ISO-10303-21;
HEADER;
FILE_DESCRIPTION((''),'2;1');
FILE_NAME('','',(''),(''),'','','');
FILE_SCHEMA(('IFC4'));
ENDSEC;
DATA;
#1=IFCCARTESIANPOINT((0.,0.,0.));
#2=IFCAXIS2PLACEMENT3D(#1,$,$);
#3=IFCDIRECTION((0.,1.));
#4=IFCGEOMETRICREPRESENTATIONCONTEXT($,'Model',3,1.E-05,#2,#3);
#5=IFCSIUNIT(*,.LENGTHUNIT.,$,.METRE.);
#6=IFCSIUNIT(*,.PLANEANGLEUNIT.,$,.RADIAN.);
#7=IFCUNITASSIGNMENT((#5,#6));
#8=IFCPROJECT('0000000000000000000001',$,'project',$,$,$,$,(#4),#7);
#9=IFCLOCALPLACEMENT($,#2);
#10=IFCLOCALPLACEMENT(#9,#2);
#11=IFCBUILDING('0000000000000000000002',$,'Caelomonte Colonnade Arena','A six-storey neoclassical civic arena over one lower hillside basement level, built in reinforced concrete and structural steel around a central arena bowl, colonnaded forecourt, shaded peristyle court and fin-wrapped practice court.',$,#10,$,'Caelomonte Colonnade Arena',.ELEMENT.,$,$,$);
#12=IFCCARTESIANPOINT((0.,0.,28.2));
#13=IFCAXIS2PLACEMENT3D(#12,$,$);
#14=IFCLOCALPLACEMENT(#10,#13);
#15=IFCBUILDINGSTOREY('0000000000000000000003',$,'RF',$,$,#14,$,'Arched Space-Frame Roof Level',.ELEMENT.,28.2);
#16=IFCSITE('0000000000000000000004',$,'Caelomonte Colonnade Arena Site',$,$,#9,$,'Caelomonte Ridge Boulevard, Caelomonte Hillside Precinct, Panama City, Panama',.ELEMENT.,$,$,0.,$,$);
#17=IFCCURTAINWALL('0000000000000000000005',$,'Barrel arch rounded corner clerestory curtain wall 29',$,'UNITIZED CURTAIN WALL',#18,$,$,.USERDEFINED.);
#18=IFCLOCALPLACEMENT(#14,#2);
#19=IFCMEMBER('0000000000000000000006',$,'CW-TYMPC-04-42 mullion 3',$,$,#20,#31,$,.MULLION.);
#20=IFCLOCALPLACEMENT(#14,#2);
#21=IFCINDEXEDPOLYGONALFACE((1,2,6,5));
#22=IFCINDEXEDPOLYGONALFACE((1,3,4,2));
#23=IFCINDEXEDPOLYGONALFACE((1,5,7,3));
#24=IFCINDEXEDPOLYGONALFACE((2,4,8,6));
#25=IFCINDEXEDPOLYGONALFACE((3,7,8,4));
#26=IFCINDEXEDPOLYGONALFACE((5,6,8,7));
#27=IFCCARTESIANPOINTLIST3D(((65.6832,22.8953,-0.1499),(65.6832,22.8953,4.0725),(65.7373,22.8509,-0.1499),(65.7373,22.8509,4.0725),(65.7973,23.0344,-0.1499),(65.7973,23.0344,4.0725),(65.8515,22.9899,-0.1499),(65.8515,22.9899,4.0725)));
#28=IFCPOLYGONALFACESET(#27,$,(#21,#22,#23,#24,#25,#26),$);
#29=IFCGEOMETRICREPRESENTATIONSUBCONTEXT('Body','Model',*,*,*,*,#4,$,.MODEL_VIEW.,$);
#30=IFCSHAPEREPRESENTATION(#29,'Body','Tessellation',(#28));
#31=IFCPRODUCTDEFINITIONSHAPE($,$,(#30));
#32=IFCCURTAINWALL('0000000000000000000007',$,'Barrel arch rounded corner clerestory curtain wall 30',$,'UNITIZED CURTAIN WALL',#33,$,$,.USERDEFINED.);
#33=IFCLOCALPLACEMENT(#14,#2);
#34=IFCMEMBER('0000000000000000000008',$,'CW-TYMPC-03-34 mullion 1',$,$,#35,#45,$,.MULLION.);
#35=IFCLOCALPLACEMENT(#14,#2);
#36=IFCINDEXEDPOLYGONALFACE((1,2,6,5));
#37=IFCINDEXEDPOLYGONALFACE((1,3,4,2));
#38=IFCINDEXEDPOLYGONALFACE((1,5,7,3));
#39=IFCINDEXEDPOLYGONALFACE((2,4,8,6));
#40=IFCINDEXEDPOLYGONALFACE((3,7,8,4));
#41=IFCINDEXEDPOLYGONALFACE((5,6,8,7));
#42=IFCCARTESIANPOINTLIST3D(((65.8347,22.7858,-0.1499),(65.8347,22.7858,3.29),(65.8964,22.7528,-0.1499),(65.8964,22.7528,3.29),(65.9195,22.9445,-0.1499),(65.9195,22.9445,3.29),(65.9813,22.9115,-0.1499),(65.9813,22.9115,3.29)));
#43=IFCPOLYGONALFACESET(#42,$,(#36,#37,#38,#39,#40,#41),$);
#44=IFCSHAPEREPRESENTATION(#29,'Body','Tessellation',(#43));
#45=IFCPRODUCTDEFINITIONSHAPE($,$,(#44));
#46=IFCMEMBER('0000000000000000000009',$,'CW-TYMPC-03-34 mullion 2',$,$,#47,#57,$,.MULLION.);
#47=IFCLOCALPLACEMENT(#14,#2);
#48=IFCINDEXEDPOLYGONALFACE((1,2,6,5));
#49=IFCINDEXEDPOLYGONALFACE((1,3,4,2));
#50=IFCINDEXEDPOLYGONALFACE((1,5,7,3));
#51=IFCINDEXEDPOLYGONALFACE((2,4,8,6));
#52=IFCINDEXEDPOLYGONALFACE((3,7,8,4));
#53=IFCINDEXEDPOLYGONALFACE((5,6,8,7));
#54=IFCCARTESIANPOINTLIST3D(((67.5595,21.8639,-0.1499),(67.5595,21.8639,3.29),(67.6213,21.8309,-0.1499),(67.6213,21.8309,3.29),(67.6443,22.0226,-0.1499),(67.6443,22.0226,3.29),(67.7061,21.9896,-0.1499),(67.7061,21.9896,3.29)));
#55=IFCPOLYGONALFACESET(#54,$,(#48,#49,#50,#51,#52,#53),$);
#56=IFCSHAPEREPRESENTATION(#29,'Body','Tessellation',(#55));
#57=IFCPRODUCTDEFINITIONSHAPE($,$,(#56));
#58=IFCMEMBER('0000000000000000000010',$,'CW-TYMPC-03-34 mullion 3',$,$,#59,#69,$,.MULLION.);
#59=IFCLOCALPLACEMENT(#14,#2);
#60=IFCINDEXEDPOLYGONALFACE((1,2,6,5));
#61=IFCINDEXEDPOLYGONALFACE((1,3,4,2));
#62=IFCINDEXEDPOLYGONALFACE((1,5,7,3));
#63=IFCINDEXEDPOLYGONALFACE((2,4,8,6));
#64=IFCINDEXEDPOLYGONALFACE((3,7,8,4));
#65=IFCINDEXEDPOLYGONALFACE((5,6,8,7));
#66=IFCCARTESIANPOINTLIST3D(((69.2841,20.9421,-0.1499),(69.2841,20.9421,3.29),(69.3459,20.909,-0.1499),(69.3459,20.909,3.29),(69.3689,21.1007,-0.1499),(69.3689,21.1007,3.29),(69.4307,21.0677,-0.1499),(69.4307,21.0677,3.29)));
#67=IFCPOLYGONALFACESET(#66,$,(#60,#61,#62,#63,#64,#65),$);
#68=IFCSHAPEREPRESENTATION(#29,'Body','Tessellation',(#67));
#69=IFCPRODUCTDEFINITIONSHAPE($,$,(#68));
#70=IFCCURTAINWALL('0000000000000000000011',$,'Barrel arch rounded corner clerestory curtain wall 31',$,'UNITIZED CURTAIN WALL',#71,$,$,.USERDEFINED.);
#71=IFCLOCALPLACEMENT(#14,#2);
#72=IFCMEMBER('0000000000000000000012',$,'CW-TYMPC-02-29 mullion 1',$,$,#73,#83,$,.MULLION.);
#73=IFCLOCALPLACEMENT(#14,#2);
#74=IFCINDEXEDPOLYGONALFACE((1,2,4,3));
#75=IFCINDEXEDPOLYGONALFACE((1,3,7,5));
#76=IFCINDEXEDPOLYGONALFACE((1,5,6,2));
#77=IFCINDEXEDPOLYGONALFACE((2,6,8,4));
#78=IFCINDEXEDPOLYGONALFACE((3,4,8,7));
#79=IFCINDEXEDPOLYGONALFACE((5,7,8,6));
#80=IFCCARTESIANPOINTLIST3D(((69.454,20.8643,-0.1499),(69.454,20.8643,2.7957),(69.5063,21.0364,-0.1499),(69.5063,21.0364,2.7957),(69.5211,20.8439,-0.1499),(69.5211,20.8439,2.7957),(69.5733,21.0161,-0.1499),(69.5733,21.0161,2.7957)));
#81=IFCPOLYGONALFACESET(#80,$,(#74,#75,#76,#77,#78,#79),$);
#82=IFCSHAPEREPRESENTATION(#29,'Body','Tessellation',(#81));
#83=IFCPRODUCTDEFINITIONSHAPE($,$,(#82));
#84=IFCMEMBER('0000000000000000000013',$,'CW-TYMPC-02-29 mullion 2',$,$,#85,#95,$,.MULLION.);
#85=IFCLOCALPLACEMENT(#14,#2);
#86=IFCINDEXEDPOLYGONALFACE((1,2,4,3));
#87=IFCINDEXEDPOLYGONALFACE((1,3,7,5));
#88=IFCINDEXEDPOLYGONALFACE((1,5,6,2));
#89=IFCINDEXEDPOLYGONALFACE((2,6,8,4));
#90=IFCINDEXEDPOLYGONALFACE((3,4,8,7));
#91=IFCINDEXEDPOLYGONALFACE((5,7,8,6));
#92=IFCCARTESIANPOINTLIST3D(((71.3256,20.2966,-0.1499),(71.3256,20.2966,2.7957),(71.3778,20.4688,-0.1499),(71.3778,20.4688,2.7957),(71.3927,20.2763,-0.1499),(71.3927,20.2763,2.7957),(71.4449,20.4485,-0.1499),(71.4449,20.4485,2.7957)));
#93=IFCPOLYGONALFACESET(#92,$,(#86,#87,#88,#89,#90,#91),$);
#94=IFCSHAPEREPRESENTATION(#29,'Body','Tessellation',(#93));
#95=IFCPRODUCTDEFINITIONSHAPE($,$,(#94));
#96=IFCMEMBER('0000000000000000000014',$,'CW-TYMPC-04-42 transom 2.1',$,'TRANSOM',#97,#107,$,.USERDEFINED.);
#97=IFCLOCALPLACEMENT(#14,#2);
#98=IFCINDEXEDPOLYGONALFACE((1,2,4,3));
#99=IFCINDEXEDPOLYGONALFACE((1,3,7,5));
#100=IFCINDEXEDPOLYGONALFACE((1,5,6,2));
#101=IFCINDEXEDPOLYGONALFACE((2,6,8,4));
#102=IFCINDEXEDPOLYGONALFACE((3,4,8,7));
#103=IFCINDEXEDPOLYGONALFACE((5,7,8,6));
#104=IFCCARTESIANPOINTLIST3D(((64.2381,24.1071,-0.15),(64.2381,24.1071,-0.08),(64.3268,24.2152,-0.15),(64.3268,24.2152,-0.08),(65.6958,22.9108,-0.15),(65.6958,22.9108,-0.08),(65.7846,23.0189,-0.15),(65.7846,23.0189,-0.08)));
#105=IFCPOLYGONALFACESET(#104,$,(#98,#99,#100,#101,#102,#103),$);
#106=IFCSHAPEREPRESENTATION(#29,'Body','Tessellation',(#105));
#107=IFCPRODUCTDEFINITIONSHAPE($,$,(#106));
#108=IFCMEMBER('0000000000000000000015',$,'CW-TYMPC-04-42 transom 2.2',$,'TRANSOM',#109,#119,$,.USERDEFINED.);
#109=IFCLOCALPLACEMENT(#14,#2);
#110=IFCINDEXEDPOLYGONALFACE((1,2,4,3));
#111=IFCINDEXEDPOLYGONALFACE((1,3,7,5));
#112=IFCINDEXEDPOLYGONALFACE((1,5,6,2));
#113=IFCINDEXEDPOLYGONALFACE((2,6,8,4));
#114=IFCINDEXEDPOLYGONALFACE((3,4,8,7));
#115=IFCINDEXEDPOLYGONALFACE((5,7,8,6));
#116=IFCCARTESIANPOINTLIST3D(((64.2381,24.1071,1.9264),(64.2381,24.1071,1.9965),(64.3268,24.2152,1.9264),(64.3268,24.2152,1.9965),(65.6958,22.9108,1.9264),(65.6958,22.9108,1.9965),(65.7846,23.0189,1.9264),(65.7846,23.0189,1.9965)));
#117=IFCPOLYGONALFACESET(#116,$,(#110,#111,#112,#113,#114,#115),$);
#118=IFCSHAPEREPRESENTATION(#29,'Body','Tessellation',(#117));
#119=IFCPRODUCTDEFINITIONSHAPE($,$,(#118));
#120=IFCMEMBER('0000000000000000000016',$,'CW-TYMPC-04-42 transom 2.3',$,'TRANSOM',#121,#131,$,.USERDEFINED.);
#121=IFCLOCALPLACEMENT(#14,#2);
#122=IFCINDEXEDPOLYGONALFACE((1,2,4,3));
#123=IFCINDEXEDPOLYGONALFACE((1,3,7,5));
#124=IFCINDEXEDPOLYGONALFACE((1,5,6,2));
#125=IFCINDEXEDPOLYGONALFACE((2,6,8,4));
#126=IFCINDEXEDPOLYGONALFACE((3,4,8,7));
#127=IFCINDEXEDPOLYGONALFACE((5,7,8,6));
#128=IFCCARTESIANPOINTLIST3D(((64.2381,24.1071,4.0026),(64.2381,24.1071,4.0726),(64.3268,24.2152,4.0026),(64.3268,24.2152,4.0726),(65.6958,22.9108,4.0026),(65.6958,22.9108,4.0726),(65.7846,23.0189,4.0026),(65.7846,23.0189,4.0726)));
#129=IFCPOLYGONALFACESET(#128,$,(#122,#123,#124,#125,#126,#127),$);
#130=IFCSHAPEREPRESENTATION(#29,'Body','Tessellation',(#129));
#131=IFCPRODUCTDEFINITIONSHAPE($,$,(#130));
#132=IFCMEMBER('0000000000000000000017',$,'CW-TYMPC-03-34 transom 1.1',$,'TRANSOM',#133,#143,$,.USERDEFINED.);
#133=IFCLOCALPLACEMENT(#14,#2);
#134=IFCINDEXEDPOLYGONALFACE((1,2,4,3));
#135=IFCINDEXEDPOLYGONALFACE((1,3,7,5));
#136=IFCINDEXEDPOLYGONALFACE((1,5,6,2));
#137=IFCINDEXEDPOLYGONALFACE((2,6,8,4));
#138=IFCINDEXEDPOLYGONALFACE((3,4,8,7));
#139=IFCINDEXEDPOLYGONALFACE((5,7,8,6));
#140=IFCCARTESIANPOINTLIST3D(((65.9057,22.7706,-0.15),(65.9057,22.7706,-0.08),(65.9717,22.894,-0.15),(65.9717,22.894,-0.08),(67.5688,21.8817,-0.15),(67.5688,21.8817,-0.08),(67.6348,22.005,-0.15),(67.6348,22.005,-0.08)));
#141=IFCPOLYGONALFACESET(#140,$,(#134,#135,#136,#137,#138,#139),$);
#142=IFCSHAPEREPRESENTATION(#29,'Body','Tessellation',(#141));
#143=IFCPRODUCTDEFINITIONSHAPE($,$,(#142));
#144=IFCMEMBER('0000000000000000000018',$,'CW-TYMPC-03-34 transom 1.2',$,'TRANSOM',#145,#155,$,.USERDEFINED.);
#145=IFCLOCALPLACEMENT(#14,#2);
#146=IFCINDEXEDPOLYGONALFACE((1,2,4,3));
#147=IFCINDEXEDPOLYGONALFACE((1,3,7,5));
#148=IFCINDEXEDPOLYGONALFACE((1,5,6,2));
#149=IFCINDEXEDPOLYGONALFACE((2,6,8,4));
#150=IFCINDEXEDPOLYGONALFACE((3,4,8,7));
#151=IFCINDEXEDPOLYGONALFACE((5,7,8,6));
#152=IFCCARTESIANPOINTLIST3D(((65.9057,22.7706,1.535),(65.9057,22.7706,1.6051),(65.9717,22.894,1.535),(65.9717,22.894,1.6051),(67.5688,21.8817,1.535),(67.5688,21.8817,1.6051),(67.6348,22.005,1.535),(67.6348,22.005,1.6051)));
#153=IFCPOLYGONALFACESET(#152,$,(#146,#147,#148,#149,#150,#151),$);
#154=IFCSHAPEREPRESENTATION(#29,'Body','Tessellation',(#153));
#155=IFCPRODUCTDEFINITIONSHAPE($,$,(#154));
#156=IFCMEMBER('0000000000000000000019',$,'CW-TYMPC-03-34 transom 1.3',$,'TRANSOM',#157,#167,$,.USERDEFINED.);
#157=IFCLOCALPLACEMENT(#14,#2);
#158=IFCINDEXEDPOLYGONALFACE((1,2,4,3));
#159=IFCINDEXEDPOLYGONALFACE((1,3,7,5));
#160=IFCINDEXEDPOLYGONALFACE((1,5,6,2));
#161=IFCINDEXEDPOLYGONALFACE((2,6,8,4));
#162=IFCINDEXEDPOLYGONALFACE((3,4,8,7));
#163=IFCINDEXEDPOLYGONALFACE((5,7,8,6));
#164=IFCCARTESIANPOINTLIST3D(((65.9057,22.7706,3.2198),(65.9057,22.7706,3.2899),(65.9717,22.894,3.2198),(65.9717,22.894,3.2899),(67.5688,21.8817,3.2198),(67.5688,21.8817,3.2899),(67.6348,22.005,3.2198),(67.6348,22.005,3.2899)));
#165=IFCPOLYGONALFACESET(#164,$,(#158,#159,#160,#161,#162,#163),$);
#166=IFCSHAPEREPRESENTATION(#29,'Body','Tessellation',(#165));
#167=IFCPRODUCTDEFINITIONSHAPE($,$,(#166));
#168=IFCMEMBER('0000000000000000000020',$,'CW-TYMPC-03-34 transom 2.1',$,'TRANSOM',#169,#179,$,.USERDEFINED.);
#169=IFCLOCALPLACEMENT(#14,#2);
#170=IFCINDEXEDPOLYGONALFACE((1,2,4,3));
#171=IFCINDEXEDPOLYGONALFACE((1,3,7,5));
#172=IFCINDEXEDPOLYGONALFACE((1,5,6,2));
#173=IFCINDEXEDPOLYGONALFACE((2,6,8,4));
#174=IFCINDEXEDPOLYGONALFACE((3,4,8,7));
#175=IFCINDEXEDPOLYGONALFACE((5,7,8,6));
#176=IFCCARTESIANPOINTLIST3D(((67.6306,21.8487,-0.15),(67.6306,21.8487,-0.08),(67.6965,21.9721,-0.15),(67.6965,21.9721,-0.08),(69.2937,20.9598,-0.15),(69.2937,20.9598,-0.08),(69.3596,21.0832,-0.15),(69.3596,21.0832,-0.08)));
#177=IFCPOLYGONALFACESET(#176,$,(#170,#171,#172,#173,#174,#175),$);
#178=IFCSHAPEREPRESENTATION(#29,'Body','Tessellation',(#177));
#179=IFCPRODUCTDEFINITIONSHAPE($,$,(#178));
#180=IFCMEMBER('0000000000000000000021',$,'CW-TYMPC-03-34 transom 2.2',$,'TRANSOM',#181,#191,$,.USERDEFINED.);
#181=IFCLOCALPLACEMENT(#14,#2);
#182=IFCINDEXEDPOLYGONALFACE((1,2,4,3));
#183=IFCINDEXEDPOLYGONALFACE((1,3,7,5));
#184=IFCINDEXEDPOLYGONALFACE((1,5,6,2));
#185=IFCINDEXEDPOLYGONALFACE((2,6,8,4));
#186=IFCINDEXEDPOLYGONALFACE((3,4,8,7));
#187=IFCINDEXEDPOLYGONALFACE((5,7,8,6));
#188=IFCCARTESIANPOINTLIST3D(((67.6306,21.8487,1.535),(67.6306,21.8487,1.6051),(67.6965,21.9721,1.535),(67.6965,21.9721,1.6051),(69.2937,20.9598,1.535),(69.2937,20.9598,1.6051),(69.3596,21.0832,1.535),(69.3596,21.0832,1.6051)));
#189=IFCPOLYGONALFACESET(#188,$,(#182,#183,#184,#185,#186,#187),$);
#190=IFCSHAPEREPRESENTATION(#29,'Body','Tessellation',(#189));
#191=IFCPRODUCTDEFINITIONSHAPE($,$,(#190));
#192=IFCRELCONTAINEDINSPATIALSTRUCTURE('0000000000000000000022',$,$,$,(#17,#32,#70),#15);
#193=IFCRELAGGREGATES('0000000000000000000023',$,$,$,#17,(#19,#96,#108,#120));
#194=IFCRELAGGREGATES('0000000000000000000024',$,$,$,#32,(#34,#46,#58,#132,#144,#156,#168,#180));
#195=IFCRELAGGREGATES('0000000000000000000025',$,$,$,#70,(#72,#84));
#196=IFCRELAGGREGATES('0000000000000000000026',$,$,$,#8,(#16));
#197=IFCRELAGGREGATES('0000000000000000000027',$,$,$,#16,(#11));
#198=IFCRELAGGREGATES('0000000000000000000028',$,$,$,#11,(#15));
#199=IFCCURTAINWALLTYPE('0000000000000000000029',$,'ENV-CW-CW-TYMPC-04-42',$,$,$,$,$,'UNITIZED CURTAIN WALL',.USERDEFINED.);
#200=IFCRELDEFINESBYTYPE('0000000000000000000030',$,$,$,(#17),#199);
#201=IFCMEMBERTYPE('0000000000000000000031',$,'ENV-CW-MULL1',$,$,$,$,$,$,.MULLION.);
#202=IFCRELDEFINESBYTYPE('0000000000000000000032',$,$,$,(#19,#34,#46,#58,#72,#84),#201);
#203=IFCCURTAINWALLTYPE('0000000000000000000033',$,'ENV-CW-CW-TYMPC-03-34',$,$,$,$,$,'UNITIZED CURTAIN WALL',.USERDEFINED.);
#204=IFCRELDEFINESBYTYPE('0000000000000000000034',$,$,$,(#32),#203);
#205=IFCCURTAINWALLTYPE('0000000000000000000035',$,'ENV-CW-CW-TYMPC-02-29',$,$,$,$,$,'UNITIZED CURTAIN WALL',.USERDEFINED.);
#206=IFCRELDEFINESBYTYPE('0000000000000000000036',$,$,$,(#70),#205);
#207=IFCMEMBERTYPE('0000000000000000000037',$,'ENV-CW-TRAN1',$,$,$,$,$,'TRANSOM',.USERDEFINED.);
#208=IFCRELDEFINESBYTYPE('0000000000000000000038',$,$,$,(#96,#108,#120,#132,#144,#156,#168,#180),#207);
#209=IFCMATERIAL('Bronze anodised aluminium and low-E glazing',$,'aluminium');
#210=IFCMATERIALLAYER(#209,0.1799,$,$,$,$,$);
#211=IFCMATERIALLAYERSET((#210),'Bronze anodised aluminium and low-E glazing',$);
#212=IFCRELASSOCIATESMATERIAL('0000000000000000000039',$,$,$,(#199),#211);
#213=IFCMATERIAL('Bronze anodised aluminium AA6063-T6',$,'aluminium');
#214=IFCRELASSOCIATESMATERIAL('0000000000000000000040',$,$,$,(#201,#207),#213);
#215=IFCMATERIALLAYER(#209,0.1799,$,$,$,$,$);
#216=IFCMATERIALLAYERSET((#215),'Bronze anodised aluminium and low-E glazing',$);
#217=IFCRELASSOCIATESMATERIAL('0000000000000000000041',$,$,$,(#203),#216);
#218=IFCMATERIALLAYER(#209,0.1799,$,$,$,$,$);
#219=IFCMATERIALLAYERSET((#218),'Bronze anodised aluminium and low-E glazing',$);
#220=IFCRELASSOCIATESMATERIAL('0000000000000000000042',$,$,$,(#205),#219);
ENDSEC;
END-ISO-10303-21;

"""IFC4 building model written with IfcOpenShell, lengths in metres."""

from ifc_helpers import new_model, si_unit, direction, frame, origin, origin_2d, place, context, subcontext, project, spatial, rectangle, extrude, material, layer, layer_set, material_profile, profile_set, type_object, element, aggregate, save


model = new_model("IFC4")

# Units and contexts
model_context = context("Model", 3, precision=1e-05, world=origin(), true_north=direction((0.0, 1.0)))
body_context = subcontext(model_context, "Body", "Model", "MODEL_VIEW")
ifc_project = project(units=[si_unit("LENGTHUNIT", "METRE"), si_unit("PLANEANGLEUNIT", "RADIAN")], contexts=[model_context])

# Site, building, storey
site_placement = place(None, origin())
site = spatial("IfcSite", under=ifc_project, at=site_placement, Name="Caelomonte Colonnade Arena Site", LongName="Caelomonte Ridge Boulevard, Caelomonte Hillside Precinct, Panama City, Panama", CompositionType="ELEMENT", RefElevation=0.0)
building_placement = place(site_placement, origin())
building = spatial("IfcBuilding", under=site, at=building_placement, Name="Caelomonte Colonnade Arena", Description="A six-storey neoclassical civic arena over one lower hillside basement level, built in reinforced concrete and structural steel around a central arena bowl, colonnaded forecourt, shaded peristyle court and fin-wrapped practice court.", LongName="Caelomonte Colonnade Arena", CompositionType="ELEMENT")
storey_placement = place(building_placement, frame((0.0, 0.0, 28.2)))
storey = spatial("IfcBuildingStorey", under=building, at=storey_placement, Name="RF", LongName="Arched Space-Frame Roof Level", CompositionType="ELEMENT", Elevation=28.2)

# Curtain wall, member
ifc_material_1 = material(Name="Bronze anodised aluminium and low-E glazing", Category="aluminium")
ifc_layer_1 = layer(ifc_material_1, 0.1799)
ifc_layer_set_1 = layer_set([ifc_layer_1], Name="Bronze anodised aluminium and low-E glazing")
curtain_wall_type_1 = type_object("IfcCurtainWallType", Name="ENV-CW-CW-TYMPC-04-42", ElementType="UNITIZED CURTAIN WALL", PredefinedType="USERDEFINED", material=ifc_layer_set_1)
curtain_wall_1_placement = place(storey_placement, origin())
curtain_wall_1 = element("IfcCurtainWall", 1, at=curtain_wall_1_placement, inside=storey, type_object=curtain_wall_type_1, Name="Barrel arch rounded corner clerestory curtain wall 29", ObjectType="UNITIZED CURTAIN WALL", PredefinedType="USERDEFINED")
ifc_material_2 = material(Name="Bronze anodised aluminium AA6063-T6", Category="aluminium")
ifc_material_profile_1 = material_profile(ifc_material_2, rectangle(XDim=0.0701, YDim=0.1799, at=origin_2d()), Name="CWM-70X180")
ifc_profile_set_1 = profile_set([ifc_material_profile_1], Name="Bronze anodised aluminium AA6063-T6")
member_type_1 = type_object("IfcMemberType", Name="ENV-CW-MULL1", PredefinedType="MULLION", material=ifc_profile_set_1)
member_1_placement = place(storey_placement, frame((65.7673, 22.9426, -0.1499), z_axis=(0.0, 0.0, 1.0), x_axis=(0.773001, -0.634405, 0.0)))
member_1 = element("IfcMember", 2, at=member_1_placement, type_object=member_type_1, Name="CW-TYMPC-04-42 mullion 3", PredefinedType="MULLION", context=body_context, shape_type="SweptSolid", body=[
    extrude(rectangle(XDim=0.0701, YDim=0.1799, at=origin_2d()), origin(), (0.0, 0.0, 1.0), 4.2224),
])

# Curtain walls, members
ifc_layer_2 = layer(ifc_material_1, 0.1799)
ifc_layer_set_2 = layer_set([ifc_layer_2], Name="Bronze anodised aluminium and low-E glazing")
curtain_wall_type_2 = type_object("IfcCurtainWallType", Name="ENV-CW-CW-TYMPC-03-34", ElementType="UNITIZED CURTAIN WALL", PredefinedType="USERDEFINED", material=ifc_layer_set_2)
curtain_wall_2_placement = place(storey_placement, origin())
curtain_wall_2 = element("IfcCurtainWall", 3, at=curtain_wall_2_placement, inside=storey, type_object=curtain_wall_type_2, Name="Barrel arch rounded corner clerestory curtain wall 30", ObjectType="UNITIZED CURTAIN WALL", PredefinedType="USERDEFINED")
member_2_placement = place(storey_placement, frame((65.908, 22.8486, -0.1499), z_axis=(0.0, 0.0, 1.0), x_axis=(0.881924, -0.471391, 0.0)))
member_2 = element("IfcMember", 4, at=member_2_placement, type_object=member_type_1, Name="CW-TYMPC-03-34 mullion 1", PredefinedType="MULLION", context=body_context, shape_type="SweptSolid", body=[
    extrude(rectangle(XDim=0.0701, YDim=0.1799, at=origin_2d()), origin(), (0.0, 0.0, 1.0), 3.4399),
])
member_3_placement = place(storey_placement, frame((67.6328, 21.9268, -0.1499), z_axis=(0.0, 0.0, 1.0), x_axis=(0.881924, -0.471391, 0.0)))
member_3 = element("IfcMember", 5, at=member_3_placement, type_object=member_type_1, Name="CW-TYMPC-03-34 mullion 2", PredefinedType="MULLION", context=body_context, shape_type="SweptSolid", body=[
    extrude(rectangle(XDim=0.0701, YDim=0.1799, at=origin_2d()), origin(), (0.0, 0.0, 1.0), 3.4399),
])
member_4_placement = place(storey_placement, frame((69.3574, 21.0049, -0.1499), z_axis=(0.0, 0.0, 1.0), x_axis=(0.881924, -0.471391, 0.0)))
member_4 = element("IfcMember", 6, at=member_4_placement, type_object=member_type_1, Name="CW-TYMPC-03-34 mullion 3", PredefinedType="MULLION", context=body_context, shape_type="SweptSolid", body=[
    extrude(rectangle(XDim=0.0701, YDim=0.1799, at=origin_2d()), origin(), (0.0, 0.0, 1.0), 3.4399),
])
ifc_layer_3 = layer(ifc_material_1, 0.1799)
ifc_layer_set_3 = layer_set([ifc_layer_3], Name="Bronze anodised aluminium and low-E glazing")
curtain_wall_type_3 = type_object("IfcCurtainWallType", Name="ENV-CW-CW-TYMPC-02-29", ElementType="UNITIZED CURTAIN WALL", PredefinedType="USERDEFINED", material=ifc_layer_set_3)
curtain_wall_3_placement = place(storey_placement, origin())
curtain_wall_3 = element("IfcCurtainWall", 7, at=curtain_wall_3_placement, inside=storey, type_object=curtain_wall_type_3, Name="Barrel arch rounded corner clerestory curtain wall 31", ObjectType="UNITIZED CURTAIN WALL", PredefinedType="USERDEFINED")
member_5_placement = place(storey_placement, frame((69.5137, 20.9402, -0.1499), z_axis=(0.0, 0.0, 1.0), x_axis=(0.956946, -0.290266, 0.0)))
member_5 = element("IfcMember", 8, at=member_5_placement, type_object=member_type_1, Name="CW-TYMPC-02-29 mullion 1", PredefinedType="MULLION", context=body_context, shape_type="SweptSolid", body=[
    extrude(rectangle(XDim=0.0701, YDim=0.1799, at=origin_2d()), origin(), (0.0, 0.0, 1.0), 2.9456),
])
member_6_placement = place(storey_placement, frame((71.3853, 20.3726, -0.1499), z_axis=(0.0, 0.0, 1.0), x_axis=(0.956946, -0.290266, 0.0)))
member_6 = element("IfcMember", 9, at=member_6_placement, type_object=member_type_1, Name="CW-TYMPC-02-29 mullion 2", PredefinedType="MULLION", context=body_context, shape_type="SweptSolid", body=[
    extrude(rectangle(XDim=0.0701, YDim=0.1799, at=origin_2d()), origin(), (0.0, 0.0, 1.0), 2.9456),
])

# Members
ifc_material_profile_2 = material_profile(ifc_material_2, rectangle(XDim=0.0701, YDim=0.1399, at=origin_2d()), Name="CWT-70X140")
ifc_profile_set_2 = profile_set([ifc_material_profile_2], Name="Bronze anodised aluminium AA6063-T6")
member_type_2 = type_object("IfcMemberType", Name="ENV-CW-TRAN1", ElementType="TRANSOM", PredefinedType="USERDEFINED", material=ifc_profile_set_2)
member_7_placement = place(storey_placement, frame((64.2825, 24.1611, -0.115), z_axis=(0.773028, -0.634372, 0.0), x_axis=(0.0, 0.0, 1.0)))
member_7 = element("IfcMember", 10, at=member_7_placement, type_object=member_type_2, Name="CW-TYMPC-04-42 transom 2.1", ObjectType="TRANSOM", PredefinedType="USERDEFINED", context=body_context, shape_type="SweptSolid", body=[
    extrude(rectangle(XDim=0.0701, YDim=0.1399, at=origin_2d()), origin(), (0.0, 0.0, 1.0), 1.8857),
])
member_8_placement = place(storey_placement, frame((64.2825, 24.1611, 1.9614), z_axis=(0.773028, -0.634372, 0.0), x_axis=(0.0, 0.0, 1.0)))
member_8 = element("IfcMember", 11, at=member_8_placement, type_object=member_type_2, Name="CW-TYMPC-04-42 transom 2.2", ObjectType="TRANSOM", PredefinedType="USERDEFINED", context=body_context, shape_type="SweptSolid", body=[
    extrude(rectangle(XDim=0.0701, YDim=0.1399, at=origin_2d()), origin(), (0.0, 0.0, 1.0), 1.8857),
])
member_9_placement = place(storey_placement, frame((64.2825, 24.1611, 4.0376), z_axis=(0.773028, -0.634372, 0.0), x_axis=(0.0, 0.0, 1.0)))
member_9 = element("IfcMember", 12, at=member_9_placement, type_object=member_type_2, Name="CW-TYMPC-04-42 transom 2.3", ObjectType="TRANSOM", PredefinedType="USERDEFINED", context=body_context, shape_type="SweptSolid", body=[
    extrude(rectangle(XDim=0.0701, YDim=0.1399, at=origin_2d()), origin(), (0.0, 0.0, 1.0), 1.8857),
])
member_10_placement = place(storey_placement, frame((65.9387, 22.8323, -0.115), z_axis=(0.881926, -0.471388, 0.0), x_axis=(0.0, 0.0, 1.0)))
member_10 = element("IfcMember", 13, at=member_10_placement, type_object=member_type_2, Name="CW-TYMPC-03-34 transom 1.1", ObjectType="TRANSOM", PredefinedType="USERDEFINED", context=body_context, shape_type="SweptSolid", body=[
    extrude(rectangle(XDim=0.0701, YDim=0.1399, at=origin_2d()), origin(), (0.0, 0.0, 1.0), 1.8857),
])
member_11_placement = place(storey_placement, frame((65.9387, 22.8323, 1.5701), z_axis=(0.881926, -0.471388, 0.0), x_axis=(0.0, 0.0, 1.0)))
member_11 = element("IfcMember", 14, at=member_11_placement, type_object=member_type_2, Name="CW-TYMPC-03-34 transom 1.2", ObjectType="TRANSOM", PredefinedType="USERDEFINED", context=body_context, shape_type="SweptSolid", body=[
    extrude(rectangle(XDim=0.0701, YDim=0.1399, at=origin_2d()), origin(), (0.0, 0.0, 1.0), 1.8857),
])
member_12_placement = place(storey_placement, frame((65.9387, 22.8323, 3.2549), z_axis=(0.881926, -0.471388, 0.0), x_axis=(0.0, 0.0, 1.0)))
member_12 = element("IfcMember", 15, at=member_12_placement, type_object=member_type_2, Name="CW-TYMPC-03-34 transom 1.3", ObjectType="TRANSOM", PredefinedType="USERDEFINED", context=body_context, shape_type="SweptSolid", body=[
    extrude(rectangle(XDim=0.0701, YDim=0.1399, at=origin_2d()), origin(), (0.0, 0.0, 1.0), 1.8857),
])
member_13_placement = place(storey_placement, frame((67.6636, 21.9104, -0.115), z_axis=(0.881926, -0.471388, 0.0), x_axis=(0.0, 0.0, 1.0)))
member_13 = element("IfcMember", 16, at=member_13_placement, type_object=member_type_2, Name="CW-TYMPC-03-34 transom 2.1", ObjectType="TRANSOM", PredefinedType="USERDEFINED", context=body_context, shape_type="SweptSolid", body=[
    extrude(rectangle(XDim=0.0701, YDim=0.1399, at=origin_2d()), origin(), (0.0, 0.0, 1.0), 1.8857),
])
member_14_placement = place(storey_placement, frame((67.6636, 21.9104, 1.5701), z_axis=(0.881926, -0.471388, 0.0), x_axis=(0.0, 0.0, 1.0)))
member_14 = element("IfcMember", 17, at=member_14_placement, type_object=member_type_2, Name="CW-TYMPC-03-34 transom 2.2", ObjectType="TRANSOM", PredefinedType="USERDEFINED", context=body_context, shape_type="SweptSolid", body=[
    extrude(rectangle(XDim=0.0701, YDim=0.1399, at=origin_2d()), origin(), (0.0, 0.0, 1.0), 1.8857),
])

aggregate(curtain_wall_1, [member_1, member_7, member_8, member_9])
aggregate(curtain_wall_2, [member_2, member_3, member_4, member_10, member_11, member_12, member_13, member_14])
aggregate(curtain_wall_3, [member_5, member_6])

save(model, "model.ifc")
